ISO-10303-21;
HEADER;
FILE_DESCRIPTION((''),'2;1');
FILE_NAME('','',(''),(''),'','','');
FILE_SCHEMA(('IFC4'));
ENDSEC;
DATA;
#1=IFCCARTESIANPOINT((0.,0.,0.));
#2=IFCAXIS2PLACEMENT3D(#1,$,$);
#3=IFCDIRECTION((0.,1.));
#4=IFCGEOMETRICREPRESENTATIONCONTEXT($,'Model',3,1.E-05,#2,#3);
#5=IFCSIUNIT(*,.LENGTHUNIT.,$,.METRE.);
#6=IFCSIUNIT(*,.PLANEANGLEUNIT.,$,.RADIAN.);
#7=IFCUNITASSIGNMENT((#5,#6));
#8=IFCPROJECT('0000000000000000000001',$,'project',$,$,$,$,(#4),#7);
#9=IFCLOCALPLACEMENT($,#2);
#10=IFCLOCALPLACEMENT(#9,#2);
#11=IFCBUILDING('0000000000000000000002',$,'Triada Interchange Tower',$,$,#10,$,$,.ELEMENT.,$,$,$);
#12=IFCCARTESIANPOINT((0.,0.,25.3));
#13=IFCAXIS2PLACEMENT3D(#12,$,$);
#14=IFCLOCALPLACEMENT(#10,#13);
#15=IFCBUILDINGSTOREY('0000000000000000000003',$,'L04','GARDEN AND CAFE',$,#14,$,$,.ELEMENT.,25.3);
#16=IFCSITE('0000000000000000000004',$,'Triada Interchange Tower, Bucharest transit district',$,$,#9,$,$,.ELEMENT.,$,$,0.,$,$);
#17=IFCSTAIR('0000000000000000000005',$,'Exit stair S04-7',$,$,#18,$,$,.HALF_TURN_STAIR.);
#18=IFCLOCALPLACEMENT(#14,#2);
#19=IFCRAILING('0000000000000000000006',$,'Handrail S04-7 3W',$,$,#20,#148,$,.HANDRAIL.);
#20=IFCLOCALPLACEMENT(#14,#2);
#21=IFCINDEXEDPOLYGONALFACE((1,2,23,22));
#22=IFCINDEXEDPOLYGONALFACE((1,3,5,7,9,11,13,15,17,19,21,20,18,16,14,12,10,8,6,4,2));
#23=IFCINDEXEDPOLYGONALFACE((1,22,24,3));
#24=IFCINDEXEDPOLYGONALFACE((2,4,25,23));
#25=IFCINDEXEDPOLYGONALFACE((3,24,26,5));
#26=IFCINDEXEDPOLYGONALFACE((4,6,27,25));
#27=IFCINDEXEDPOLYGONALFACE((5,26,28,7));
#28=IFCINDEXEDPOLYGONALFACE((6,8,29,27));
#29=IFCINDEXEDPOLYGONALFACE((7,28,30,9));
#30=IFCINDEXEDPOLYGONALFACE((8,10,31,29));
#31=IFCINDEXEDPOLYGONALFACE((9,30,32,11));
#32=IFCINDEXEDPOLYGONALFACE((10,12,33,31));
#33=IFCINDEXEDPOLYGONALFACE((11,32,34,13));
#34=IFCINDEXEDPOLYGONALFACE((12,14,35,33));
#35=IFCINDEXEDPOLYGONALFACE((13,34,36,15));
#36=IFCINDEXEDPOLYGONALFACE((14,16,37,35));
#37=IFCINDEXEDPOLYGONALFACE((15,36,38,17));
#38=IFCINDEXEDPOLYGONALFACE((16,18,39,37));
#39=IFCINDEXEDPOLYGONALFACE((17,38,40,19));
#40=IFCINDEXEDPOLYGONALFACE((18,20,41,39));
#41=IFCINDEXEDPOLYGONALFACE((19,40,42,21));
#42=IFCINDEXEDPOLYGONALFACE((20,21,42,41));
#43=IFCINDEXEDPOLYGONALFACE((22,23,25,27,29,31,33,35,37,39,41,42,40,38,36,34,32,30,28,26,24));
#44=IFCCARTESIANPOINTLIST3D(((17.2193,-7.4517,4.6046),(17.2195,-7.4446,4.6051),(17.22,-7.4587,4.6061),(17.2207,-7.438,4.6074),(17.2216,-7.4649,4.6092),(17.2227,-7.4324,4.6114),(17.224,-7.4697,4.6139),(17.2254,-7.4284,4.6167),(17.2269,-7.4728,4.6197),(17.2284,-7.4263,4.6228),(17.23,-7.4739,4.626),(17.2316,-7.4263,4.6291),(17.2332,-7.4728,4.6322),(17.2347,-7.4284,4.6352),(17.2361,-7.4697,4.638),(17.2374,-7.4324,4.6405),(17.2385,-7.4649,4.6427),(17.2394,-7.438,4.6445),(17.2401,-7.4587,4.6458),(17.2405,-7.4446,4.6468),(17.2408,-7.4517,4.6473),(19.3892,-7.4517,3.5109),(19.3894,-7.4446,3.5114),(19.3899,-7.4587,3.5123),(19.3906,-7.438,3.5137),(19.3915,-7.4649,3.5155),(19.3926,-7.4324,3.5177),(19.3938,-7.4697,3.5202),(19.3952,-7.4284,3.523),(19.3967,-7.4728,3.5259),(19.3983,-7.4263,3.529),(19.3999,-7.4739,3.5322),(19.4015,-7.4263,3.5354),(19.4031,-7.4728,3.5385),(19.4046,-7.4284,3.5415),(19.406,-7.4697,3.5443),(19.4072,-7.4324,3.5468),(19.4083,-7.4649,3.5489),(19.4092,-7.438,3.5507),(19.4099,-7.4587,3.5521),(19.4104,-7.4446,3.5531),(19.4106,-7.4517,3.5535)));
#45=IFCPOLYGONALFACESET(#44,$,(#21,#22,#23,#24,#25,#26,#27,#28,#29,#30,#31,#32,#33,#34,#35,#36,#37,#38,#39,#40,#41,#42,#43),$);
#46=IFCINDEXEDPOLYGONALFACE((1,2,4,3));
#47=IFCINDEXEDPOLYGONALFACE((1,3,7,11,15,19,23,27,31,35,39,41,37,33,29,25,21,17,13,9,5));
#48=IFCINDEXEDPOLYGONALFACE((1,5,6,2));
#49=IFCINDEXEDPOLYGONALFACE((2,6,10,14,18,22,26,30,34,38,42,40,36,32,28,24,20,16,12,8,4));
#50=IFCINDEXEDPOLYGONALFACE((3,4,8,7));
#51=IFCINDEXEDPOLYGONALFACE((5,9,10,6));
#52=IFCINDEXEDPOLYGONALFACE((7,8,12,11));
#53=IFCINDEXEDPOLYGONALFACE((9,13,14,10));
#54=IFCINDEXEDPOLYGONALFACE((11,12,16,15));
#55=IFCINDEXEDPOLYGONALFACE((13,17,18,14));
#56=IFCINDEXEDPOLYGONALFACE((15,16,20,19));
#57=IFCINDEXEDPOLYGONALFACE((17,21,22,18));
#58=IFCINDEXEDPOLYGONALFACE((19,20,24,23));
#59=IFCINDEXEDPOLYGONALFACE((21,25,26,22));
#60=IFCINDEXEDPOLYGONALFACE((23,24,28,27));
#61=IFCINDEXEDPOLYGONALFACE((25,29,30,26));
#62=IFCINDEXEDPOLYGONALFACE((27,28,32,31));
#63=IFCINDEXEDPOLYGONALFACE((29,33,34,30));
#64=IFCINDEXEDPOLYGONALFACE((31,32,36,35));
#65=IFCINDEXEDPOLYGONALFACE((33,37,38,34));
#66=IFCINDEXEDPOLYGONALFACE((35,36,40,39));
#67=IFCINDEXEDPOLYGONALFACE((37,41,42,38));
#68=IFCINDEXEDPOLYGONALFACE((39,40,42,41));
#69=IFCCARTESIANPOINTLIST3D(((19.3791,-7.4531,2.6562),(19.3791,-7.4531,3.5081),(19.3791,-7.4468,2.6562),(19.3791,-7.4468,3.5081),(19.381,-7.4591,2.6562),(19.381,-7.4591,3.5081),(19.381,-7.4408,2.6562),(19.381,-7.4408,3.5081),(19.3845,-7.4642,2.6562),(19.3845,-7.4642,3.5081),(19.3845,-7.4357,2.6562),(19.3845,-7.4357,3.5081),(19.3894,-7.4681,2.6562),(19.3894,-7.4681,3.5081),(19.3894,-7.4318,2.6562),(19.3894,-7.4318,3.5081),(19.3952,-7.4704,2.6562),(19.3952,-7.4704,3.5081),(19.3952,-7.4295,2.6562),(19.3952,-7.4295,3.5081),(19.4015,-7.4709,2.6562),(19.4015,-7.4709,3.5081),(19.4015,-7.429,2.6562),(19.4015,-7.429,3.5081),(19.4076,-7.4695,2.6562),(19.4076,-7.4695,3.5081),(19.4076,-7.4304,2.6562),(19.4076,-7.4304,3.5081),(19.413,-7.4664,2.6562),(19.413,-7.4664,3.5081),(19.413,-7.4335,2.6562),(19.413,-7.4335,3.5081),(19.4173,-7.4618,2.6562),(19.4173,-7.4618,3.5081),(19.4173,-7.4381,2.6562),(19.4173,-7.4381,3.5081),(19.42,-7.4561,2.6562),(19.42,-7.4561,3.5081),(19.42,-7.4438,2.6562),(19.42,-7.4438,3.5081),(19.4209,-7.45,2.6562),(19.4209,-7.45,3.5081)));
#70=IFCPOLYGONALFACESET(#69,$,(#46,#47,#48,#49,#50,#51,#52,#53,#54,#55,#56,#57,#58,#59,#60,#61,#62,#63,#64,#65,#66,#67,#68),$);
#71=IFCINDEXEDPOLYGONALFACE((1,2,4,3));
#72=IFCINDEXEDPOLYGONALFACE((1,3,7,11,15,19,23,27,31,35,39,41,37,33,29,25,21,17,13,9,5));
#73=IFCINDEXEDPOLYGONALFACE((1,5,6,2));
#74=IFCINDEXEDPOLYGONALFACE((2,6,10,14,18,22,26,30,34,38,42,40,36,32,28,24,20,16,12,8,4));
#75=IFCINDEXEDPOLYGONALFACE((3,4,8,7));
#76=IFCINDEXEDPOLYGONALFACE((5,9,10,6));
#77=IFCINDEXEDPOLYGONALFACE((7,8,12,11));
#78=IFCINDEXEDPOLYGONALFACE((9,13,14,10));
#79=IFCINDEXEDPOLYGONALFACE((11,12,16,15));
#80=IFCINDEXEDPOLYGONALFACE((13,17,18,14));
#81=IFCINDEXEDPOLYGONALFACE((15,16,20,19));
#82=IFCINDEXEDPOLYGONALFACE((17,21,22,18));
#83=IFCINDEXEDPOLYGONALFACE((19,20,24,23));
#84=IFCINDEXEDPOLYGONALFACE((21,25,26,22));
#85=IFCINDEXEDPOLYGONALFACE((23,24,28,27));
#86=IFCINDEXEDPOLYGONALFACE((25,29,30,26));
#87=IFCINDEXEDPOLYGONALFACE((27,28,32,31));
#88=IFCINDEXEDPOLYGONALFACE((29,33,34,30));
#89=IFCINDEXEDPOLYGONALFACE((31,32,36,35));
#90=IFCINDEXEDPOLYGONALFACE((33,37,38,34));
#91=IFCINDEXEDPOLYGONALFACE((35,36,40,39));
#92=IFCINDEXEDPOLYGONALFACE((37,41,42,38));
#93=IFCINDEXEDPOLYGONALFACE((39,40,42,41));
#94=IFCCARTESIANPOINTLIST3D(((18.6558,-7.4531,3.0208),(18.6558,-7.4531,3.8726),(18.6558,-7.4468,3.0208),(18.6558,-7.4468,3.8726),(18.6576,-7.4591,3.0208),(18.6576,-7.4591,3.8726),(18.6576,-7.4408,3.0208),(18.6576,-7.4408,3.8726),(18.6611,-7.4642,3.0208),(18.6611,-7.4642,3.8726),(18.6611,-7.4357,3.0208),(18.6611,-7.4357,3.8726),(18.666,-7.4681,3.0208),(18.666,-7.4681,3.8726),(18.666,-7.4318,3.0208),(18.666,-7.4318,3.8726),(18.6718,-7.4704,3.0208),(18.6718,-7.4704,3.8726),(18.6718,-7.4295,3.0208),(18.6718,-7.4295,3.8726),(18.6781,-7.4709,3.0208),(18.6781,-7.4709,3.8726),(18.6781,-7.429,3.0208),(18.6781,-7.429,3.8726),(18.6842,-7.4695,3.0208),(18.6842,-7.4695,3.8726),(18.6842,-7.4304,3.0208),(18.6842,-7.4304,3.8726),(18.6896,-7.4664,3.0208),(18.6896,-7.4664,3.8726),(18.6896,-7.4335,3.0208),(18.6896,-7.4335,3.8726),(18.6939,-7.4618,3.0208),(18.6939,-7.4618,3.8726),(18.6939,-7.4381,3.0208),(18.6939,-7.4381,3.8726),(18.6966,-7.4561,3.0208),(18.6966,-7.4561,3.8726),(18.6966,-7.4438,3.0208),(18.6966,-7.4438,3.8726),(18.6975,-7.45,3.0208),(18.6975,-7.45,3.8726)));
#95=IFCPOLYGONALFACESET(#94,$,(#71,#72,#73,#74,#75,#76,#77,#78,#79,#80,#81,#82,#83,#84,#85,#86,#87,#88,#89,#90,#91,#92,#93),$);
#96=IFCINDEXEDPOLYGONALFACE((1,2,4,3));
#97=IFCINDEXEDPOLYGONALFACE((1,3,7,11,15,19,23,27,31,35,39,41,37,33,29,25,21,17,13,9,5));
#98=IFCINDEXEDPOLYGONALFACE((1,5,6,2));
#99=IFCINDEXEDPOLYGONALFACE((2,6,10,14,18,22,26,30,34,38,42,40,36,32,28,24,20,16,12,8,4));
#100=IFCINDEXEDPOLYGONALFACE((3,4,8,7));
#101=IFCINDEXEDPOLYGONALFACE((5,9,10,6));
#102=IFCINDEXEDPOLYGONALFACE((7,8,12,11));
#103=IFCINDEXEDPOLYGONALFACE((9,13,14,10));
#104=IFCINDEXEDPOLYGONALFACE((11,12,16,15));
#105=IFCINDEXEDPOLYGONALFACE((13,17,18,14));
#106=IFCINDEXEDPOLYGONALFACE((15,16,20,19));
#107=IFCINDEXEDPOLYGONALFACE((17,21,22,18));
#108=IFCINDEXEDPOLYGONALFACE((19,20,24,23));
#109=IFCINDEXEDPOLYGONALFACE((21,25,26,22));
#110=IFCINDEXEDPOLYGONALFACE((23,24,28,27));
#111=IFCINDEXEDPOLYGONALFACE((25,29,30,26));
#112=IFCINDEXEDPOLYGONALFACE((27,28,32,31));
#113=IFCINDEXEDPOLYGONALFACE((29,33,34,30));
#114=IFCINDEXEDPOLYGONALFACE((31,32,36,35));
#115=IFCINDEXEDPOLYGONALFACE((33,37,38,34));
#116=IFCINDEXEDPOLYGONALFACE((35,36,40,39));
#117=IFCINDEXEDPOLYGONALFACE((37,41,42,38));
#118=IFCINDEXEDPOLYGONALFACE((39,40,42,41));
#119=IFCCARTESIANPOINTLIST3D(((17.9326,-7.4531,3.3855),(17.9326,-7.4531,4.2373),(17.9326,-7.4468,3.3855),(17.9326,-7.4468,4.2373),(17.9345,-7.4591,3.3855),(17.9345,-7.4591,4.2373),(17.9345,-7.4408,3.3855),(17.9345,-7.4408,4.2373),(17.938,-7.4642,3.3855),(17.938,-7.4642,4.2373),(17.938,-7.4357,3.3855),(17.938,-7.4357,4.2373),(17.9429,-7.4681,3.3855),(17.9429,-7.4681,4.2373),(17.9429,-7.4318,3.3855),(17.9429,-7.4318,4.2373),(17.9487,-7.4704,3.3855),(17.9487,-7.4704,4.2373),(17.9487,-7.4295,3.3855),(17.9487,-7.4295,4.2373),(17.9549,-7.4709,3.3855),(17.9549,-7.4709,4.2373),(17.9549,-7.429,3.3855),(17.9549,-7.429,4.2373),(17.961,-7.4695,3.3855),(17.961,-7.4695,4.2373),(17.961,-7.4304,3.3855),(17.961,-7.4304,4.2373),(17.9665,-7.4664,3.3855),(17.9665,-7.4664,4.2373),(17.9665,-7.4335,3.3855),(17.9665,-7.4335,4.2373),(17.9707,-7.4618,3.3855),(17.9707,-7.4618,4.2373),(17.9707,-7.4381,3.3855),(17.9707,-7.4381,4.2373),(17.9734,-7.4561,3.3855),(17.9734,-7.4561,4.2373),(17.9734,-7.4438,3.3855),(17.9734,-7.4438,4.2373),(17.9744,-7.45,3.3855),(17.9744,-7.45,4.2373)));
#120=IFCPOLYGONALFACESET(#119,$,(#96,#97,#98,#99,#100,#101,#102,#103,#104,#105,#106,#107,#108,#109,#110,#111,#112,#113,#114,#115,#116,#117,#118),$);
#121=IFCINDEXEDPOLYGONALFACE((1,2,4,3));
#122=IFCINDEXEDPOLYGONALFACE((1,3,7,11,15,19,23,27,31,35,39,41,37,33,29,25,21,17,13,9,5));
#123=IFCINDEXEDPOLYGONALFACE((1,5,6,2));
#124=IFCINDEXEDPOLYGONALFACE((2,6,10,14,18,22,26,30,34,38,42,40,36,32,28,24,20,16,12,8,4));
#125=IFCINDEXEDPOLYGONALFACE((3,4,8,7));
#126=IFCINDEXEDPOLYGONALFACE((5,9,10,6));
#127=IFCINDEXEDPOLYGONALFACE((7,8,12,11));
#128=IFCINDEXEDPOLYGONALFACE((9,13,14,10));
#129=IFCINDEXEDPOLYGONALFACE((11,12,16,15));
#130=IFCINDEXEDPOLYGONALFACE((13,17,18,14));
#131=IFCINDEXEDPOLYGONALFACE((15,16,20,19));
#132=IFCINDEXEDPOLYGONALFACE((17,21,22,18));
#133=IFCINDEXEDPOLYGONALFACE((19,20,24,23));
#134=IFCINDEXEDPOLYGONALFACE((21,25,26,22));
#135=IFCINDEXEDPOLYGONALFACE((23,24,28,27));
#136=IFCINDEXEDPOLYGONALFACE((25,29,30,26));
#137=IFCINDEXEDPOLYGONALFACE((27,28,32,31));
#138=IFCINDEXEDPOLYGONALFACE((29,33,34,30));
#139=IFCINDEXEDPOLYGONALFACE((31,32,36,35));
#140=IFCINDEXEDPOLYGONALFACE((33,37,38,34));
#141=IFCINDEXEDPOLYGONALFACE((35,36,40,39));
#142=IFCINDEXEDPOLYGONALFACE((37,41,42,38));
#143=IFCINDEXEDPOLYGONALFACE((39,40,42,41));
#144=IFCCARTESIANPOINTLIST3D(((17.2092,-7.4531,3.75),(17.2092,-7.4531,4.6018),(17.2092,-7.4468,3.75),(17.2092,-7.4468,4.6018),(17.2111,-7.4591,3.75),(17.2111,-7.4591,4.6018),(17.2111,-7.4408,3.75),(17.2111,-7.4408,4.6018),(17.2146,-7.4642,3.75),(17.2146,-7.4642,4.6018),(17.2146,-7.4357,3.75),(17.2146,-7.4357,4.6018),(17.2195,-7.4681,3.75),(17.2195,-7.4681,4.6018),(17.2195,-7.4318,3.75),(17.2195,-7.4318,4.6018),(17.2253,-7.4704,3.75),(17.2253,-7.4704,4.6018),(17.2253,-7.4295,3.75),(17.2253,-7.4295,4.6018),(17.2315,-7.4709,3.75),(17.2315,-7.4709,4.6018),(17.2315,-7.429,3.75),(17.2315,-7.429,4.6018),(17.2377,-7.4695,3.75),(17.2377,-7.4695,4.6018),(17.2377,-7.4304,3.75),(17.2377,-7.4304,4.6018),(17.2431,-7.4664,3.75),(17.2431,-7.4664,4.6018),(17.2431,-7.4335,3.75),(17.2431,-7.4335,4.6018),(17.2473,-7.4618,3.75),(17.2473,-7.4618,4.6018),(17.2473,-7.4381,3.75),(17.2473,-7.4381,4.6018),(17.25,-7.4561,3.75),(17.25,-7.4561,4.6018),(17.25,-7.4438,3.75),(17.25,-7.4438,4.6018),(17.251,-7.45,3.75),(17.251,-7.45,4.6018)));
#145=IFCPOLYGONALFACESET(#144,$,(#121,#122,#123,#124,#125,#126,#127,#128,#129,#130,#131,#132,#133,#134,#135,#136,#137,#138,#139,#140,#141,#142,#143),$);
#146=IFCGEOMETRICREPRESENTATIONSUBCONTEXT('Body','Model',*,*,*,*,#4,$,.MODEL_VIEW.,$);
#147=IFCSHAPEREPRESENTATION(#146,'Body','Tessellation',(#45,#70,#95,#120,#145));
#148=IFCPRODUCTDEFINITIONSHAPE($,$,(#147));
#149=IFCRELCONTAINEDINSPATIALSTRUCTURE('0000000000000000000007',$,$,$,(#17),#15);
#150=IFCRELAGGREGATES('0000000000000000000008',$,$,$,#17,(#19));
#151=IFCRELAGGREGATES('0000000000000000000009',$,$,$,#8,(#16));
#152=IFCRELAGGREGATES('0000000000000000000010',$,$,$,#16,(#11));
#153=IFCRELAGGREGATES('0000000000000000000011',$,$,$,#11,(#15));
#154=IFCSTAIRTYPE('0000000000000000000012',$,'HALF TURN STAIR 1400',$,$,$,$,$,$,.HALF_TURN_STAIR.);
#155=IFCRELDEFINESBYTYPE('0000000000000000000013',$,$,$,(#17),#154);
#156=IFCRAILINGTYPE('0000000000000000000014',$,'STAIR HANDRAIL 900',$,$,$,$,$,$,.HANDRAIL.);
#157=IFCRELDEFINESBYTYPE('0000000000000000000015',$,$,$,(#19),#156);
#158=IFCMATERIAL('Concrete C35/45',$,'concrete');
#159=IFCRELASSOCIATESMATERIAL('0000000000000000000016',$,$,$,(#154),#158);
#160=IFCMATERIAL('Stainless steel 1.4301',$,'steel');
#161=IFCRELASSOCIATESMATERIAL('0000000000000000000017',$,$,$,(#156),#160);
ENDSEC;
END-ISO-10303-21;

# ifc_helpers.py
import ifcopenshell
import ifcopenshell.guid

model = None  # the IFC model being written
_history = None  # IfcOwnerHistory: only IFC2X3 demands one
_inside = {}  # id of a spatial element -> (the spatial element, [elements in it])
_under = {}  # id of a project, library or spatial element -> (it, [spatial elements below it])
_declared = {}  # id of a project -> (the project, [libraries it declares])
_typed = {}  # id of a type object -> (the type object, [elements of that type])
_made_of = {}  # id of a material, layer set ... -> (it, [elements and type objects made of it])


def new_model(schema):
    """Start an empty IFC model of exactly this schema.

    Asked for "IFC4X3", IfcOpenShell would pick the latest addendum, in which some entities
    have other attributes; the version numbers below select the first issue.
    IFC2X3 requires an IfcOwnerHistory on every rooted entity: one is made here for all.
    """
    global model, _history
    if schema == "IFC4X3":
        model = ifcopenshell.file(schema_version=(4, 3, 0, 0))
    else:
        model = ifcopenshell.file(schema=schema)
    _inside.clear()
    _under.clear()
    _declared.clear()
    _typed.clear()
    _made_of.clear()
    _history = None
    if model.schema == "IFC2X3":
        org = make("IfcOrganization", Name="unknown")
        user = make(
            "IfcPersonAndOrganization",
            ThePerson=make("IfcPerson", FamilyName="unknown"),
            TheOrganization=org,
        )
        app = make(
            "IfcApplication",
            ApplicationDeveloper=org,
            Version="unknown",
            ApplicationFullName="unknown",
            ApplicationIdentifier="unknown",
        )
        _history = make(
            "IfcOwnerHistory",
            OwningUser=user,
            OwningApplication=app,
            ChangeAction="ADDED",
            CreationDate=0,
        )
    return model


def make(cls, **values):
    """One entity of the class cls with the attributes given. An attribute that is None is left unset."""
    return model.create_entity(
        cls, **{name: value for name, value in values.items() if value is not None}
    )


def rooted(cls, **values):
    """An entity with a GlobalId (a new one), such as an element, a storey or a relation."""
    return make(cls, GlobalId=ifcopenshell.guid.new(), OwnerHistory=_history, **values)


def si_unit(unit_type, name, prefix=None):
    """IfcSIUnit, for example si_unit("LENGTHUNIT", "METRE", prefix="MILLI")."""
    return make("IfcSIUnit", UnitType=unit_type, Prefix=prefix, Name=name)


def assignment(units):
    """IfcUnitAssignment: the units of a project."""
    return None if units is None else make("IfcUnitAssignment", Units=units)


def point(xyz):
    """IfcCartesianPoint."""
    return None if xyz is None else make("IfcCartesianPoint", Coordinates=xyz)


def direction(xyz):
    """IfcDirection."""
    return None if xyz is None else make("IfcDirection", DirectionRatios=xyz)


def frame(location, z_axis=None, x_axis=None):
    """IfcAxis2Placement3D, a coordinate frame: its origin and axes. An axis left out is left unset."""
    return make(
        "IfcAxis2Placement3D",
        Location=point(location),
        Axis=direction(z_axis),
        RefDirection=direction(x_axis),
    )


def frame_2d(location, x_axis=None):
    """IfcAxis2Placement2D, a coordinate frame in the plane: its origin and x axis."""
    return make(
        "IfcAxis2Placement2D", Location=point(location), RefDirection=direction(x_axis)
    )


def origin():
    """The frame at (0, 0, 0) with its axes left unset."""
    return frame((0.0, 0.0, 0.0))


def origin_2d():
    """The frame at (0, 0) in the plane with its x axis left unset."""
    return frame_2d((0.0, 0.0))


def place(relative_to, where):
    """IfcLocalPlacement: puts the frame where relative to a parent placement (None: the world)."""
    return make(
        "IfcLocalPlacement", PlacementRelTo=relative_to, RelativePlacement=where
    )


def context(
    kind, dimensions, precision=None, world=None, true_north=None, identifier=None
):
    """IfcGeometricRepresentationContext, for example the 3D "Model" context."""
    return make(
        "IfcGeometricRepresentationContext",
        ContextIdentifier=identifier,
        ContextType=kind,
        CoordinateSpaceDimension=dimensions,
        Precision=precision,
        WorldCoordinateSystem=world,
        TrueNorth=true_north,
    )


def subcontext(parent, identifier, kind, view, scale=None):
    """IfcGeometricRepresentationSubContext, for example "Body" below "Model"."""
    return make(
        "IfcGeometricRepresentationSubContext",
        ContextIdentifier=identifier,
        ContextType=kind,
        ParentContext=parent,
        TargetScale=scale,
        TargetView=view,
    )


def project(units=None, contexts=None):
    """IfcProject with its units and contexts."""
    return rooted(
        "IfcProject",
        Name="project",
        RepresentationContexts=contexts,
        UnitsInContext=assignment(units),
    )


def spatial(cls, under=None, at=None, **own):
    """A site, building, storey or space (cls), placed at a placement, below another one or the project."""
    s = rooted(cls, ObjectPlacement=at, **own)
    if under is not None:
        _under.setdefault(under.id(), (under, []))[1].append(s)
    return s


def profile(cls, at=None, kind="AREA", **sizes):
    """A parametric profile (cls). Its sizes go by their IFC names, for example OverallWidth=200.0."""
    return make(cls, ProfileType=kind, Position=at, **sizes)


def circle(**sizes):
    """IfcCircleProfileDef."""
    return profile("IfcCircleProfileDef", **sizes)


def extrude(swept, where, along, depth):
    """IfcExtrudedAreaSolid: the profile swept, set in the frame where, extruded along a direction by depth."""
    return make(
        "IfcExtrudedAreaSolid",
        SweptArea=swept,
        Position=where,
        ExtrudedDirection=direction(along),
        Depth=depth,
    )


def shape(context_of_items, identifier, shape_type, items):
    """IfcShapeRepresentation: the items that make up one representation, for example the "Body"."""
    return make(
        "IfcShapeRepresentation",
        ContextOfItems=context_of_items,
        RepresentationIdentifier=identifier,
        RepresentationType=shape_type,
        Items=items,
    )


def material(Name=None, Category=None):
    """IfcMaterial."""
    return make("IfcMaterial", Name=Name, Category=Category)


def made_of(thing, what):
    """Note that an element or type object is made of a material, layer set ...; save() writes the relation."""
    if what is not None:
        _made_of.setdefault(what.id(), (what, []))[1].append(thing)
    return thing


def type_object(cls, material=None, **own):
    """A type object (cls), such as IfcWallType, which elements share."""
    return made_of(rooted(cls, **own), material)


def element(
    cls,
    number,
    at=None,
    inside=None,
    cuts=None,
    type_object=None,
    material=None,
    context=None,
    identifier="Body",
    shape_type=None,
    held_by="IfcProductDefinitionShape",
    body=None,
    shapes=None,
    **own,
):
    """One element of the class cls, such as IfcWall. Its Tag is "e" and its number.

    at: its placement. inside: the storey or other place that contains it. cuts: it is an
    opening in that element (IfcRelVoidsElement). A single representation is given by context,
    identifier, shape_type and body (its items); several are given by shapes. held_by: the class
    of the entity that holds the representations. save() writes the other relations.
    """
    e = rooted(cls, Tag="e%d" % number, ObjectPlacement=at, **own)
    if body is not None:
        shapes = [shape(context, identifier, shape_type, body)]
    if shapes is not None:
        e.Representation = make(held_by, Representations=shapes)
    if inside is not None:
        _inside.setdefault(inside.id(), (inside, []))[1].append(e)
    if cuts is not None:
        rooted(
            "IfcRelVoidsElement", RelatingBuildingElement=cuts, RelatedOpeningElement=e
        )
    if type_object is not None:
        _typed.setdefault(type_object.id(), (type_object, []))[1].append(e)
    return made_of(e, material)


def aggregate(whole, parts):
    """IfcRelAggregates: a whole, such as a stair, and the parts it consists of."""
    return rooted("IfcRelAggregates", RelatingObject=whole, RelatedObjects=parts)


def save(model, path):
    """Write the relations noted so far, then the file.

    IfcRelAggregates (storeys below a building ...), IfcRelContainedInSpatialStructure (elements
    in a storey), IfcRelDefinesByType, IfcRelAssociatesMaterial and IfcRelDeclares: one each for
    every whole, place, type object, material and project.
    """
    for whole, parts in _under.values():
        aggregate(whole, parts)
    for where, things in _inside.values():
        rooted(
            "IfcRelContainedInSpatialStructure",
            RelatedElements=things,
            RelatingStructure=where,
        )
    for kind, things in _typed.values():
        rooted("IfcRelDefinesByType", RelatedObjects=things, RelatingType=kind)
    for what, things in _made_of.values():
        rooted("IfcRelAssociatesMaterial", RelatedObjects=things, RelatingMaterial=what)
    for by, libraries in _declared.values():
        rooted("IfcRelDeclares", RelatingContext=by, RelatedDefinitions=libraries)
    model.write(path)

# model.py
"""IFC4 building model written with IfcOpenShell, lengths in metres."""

from ifc_helpers import new_model, si_unit, direction, frame, origin, origin_2d, place, context, subcontext, project, spatial, circle, extrude, material, type_object, element, aggregate, save


model = new_model("IFC4")

# Units and contexts
model_context = context("Model", 3, precision=1e-05, world=origin(), true_north=direction((0.0, 1.0)))
body_context = subcontext(model_context, "Body", "Model", "MODEL_VIEW")
ifc_project = project(units=[si_unit("LENGTHUNIT", "METRE"), si_unit("PLANEANGLEUNIT", "RADIAN")], contexts=[model_context])

# Site, building, storey
site_placement = place(None, origin())
site = spatial("IfcSite", under=ifc_project, at=site_placement, Name="Triada Interchange Tower, Bucharest transit district", CompositionType="ELEMENT", RefElevation=0.0)
building_placement = place(site_placement, origin())
building = spatial("IfcBuilding", under=site, at=building_placement, Name="Triada Interchange Tower", CompositionType="ELEMENT")
storey_placement = place(building_placement, frame((0.0, 0.0, 25.3)))
storey = spatial("IfcBuildingStorey", under=building, at=storey_placement, Name="L04", Description="GARDEN AND CAFE", CompositionType="ELEMENT", Elevation=25.3)

# Shared definitions
ifc_material_1 = material(Name="Concrete C35/45", Category="concrete")

# Stair, railing
stair_type = type_object("IfcStairType", Name="HALF TURN STAIR 1400", PredefinedType="HALF_TURN_STAIR", material=ifc_material_1)
stair_placement = place(storey_placement, origin())
stair = element("IfcStair", 1, at=stair_placement, inside=storey, type_object=stair_type, Name="Exit stair S04-7", PredefinedType="HALF_TURN_STAIR")
ifc_material_2 = material(Name="Stainless steel 1.4301", Category="steel")
railing_type_1 = type_object("IfcRailingType", Name="STAIR HANDRAIL 900", PredefinedType="HANDRAIL", material=ifc_material_2)
railing_1_placement = place(storey_placement, frame((19.3999, -7.45, 2.6562)))
railing_1 = element("IfcRailing", 2, at=railing_1_placement, type_object=railing_type_1, Name="Handrail S04-7 3W", PredefinedType="HANDRAIL", context=body_context, shape_type="SweptSolid", body=[
    extrude(circle(Radius=0.0239, at=origin_2d()), frame((0.0, 0.0, 0.876), z_axis=(-0.892976, 0.0, 0.450105), x_axis=(0.0, -1.0, 0.0)), (0.0, 0.0, 1.0), 2.4299),
    extrude(circle(Radius=0.021, at=origin_2d()), origin(), (0.0, 0.0, 1.0), 0.8518),
    extrude(circle(Radius=0.021, at=origin_2d()), frame((-0.7234, 0.0, 0.3645)), (0.0, 0.0, 1.0), 0.8518),
    extrude(circle(Radius=0.021, at=origin_2d()), frame((-1.4465, 0.0, 0.7292)), (0.0, 0.0, 1.0), 0.8518),
    extrude(circle(Radius=0.021, at=origin_2d()), frame((-2.1699, 0.0, 1.0938)), (0.0, 0.0, 1.0), 0.8518),
])
aggregate(stair, [railing_1])

save(model, "model.ifc")
